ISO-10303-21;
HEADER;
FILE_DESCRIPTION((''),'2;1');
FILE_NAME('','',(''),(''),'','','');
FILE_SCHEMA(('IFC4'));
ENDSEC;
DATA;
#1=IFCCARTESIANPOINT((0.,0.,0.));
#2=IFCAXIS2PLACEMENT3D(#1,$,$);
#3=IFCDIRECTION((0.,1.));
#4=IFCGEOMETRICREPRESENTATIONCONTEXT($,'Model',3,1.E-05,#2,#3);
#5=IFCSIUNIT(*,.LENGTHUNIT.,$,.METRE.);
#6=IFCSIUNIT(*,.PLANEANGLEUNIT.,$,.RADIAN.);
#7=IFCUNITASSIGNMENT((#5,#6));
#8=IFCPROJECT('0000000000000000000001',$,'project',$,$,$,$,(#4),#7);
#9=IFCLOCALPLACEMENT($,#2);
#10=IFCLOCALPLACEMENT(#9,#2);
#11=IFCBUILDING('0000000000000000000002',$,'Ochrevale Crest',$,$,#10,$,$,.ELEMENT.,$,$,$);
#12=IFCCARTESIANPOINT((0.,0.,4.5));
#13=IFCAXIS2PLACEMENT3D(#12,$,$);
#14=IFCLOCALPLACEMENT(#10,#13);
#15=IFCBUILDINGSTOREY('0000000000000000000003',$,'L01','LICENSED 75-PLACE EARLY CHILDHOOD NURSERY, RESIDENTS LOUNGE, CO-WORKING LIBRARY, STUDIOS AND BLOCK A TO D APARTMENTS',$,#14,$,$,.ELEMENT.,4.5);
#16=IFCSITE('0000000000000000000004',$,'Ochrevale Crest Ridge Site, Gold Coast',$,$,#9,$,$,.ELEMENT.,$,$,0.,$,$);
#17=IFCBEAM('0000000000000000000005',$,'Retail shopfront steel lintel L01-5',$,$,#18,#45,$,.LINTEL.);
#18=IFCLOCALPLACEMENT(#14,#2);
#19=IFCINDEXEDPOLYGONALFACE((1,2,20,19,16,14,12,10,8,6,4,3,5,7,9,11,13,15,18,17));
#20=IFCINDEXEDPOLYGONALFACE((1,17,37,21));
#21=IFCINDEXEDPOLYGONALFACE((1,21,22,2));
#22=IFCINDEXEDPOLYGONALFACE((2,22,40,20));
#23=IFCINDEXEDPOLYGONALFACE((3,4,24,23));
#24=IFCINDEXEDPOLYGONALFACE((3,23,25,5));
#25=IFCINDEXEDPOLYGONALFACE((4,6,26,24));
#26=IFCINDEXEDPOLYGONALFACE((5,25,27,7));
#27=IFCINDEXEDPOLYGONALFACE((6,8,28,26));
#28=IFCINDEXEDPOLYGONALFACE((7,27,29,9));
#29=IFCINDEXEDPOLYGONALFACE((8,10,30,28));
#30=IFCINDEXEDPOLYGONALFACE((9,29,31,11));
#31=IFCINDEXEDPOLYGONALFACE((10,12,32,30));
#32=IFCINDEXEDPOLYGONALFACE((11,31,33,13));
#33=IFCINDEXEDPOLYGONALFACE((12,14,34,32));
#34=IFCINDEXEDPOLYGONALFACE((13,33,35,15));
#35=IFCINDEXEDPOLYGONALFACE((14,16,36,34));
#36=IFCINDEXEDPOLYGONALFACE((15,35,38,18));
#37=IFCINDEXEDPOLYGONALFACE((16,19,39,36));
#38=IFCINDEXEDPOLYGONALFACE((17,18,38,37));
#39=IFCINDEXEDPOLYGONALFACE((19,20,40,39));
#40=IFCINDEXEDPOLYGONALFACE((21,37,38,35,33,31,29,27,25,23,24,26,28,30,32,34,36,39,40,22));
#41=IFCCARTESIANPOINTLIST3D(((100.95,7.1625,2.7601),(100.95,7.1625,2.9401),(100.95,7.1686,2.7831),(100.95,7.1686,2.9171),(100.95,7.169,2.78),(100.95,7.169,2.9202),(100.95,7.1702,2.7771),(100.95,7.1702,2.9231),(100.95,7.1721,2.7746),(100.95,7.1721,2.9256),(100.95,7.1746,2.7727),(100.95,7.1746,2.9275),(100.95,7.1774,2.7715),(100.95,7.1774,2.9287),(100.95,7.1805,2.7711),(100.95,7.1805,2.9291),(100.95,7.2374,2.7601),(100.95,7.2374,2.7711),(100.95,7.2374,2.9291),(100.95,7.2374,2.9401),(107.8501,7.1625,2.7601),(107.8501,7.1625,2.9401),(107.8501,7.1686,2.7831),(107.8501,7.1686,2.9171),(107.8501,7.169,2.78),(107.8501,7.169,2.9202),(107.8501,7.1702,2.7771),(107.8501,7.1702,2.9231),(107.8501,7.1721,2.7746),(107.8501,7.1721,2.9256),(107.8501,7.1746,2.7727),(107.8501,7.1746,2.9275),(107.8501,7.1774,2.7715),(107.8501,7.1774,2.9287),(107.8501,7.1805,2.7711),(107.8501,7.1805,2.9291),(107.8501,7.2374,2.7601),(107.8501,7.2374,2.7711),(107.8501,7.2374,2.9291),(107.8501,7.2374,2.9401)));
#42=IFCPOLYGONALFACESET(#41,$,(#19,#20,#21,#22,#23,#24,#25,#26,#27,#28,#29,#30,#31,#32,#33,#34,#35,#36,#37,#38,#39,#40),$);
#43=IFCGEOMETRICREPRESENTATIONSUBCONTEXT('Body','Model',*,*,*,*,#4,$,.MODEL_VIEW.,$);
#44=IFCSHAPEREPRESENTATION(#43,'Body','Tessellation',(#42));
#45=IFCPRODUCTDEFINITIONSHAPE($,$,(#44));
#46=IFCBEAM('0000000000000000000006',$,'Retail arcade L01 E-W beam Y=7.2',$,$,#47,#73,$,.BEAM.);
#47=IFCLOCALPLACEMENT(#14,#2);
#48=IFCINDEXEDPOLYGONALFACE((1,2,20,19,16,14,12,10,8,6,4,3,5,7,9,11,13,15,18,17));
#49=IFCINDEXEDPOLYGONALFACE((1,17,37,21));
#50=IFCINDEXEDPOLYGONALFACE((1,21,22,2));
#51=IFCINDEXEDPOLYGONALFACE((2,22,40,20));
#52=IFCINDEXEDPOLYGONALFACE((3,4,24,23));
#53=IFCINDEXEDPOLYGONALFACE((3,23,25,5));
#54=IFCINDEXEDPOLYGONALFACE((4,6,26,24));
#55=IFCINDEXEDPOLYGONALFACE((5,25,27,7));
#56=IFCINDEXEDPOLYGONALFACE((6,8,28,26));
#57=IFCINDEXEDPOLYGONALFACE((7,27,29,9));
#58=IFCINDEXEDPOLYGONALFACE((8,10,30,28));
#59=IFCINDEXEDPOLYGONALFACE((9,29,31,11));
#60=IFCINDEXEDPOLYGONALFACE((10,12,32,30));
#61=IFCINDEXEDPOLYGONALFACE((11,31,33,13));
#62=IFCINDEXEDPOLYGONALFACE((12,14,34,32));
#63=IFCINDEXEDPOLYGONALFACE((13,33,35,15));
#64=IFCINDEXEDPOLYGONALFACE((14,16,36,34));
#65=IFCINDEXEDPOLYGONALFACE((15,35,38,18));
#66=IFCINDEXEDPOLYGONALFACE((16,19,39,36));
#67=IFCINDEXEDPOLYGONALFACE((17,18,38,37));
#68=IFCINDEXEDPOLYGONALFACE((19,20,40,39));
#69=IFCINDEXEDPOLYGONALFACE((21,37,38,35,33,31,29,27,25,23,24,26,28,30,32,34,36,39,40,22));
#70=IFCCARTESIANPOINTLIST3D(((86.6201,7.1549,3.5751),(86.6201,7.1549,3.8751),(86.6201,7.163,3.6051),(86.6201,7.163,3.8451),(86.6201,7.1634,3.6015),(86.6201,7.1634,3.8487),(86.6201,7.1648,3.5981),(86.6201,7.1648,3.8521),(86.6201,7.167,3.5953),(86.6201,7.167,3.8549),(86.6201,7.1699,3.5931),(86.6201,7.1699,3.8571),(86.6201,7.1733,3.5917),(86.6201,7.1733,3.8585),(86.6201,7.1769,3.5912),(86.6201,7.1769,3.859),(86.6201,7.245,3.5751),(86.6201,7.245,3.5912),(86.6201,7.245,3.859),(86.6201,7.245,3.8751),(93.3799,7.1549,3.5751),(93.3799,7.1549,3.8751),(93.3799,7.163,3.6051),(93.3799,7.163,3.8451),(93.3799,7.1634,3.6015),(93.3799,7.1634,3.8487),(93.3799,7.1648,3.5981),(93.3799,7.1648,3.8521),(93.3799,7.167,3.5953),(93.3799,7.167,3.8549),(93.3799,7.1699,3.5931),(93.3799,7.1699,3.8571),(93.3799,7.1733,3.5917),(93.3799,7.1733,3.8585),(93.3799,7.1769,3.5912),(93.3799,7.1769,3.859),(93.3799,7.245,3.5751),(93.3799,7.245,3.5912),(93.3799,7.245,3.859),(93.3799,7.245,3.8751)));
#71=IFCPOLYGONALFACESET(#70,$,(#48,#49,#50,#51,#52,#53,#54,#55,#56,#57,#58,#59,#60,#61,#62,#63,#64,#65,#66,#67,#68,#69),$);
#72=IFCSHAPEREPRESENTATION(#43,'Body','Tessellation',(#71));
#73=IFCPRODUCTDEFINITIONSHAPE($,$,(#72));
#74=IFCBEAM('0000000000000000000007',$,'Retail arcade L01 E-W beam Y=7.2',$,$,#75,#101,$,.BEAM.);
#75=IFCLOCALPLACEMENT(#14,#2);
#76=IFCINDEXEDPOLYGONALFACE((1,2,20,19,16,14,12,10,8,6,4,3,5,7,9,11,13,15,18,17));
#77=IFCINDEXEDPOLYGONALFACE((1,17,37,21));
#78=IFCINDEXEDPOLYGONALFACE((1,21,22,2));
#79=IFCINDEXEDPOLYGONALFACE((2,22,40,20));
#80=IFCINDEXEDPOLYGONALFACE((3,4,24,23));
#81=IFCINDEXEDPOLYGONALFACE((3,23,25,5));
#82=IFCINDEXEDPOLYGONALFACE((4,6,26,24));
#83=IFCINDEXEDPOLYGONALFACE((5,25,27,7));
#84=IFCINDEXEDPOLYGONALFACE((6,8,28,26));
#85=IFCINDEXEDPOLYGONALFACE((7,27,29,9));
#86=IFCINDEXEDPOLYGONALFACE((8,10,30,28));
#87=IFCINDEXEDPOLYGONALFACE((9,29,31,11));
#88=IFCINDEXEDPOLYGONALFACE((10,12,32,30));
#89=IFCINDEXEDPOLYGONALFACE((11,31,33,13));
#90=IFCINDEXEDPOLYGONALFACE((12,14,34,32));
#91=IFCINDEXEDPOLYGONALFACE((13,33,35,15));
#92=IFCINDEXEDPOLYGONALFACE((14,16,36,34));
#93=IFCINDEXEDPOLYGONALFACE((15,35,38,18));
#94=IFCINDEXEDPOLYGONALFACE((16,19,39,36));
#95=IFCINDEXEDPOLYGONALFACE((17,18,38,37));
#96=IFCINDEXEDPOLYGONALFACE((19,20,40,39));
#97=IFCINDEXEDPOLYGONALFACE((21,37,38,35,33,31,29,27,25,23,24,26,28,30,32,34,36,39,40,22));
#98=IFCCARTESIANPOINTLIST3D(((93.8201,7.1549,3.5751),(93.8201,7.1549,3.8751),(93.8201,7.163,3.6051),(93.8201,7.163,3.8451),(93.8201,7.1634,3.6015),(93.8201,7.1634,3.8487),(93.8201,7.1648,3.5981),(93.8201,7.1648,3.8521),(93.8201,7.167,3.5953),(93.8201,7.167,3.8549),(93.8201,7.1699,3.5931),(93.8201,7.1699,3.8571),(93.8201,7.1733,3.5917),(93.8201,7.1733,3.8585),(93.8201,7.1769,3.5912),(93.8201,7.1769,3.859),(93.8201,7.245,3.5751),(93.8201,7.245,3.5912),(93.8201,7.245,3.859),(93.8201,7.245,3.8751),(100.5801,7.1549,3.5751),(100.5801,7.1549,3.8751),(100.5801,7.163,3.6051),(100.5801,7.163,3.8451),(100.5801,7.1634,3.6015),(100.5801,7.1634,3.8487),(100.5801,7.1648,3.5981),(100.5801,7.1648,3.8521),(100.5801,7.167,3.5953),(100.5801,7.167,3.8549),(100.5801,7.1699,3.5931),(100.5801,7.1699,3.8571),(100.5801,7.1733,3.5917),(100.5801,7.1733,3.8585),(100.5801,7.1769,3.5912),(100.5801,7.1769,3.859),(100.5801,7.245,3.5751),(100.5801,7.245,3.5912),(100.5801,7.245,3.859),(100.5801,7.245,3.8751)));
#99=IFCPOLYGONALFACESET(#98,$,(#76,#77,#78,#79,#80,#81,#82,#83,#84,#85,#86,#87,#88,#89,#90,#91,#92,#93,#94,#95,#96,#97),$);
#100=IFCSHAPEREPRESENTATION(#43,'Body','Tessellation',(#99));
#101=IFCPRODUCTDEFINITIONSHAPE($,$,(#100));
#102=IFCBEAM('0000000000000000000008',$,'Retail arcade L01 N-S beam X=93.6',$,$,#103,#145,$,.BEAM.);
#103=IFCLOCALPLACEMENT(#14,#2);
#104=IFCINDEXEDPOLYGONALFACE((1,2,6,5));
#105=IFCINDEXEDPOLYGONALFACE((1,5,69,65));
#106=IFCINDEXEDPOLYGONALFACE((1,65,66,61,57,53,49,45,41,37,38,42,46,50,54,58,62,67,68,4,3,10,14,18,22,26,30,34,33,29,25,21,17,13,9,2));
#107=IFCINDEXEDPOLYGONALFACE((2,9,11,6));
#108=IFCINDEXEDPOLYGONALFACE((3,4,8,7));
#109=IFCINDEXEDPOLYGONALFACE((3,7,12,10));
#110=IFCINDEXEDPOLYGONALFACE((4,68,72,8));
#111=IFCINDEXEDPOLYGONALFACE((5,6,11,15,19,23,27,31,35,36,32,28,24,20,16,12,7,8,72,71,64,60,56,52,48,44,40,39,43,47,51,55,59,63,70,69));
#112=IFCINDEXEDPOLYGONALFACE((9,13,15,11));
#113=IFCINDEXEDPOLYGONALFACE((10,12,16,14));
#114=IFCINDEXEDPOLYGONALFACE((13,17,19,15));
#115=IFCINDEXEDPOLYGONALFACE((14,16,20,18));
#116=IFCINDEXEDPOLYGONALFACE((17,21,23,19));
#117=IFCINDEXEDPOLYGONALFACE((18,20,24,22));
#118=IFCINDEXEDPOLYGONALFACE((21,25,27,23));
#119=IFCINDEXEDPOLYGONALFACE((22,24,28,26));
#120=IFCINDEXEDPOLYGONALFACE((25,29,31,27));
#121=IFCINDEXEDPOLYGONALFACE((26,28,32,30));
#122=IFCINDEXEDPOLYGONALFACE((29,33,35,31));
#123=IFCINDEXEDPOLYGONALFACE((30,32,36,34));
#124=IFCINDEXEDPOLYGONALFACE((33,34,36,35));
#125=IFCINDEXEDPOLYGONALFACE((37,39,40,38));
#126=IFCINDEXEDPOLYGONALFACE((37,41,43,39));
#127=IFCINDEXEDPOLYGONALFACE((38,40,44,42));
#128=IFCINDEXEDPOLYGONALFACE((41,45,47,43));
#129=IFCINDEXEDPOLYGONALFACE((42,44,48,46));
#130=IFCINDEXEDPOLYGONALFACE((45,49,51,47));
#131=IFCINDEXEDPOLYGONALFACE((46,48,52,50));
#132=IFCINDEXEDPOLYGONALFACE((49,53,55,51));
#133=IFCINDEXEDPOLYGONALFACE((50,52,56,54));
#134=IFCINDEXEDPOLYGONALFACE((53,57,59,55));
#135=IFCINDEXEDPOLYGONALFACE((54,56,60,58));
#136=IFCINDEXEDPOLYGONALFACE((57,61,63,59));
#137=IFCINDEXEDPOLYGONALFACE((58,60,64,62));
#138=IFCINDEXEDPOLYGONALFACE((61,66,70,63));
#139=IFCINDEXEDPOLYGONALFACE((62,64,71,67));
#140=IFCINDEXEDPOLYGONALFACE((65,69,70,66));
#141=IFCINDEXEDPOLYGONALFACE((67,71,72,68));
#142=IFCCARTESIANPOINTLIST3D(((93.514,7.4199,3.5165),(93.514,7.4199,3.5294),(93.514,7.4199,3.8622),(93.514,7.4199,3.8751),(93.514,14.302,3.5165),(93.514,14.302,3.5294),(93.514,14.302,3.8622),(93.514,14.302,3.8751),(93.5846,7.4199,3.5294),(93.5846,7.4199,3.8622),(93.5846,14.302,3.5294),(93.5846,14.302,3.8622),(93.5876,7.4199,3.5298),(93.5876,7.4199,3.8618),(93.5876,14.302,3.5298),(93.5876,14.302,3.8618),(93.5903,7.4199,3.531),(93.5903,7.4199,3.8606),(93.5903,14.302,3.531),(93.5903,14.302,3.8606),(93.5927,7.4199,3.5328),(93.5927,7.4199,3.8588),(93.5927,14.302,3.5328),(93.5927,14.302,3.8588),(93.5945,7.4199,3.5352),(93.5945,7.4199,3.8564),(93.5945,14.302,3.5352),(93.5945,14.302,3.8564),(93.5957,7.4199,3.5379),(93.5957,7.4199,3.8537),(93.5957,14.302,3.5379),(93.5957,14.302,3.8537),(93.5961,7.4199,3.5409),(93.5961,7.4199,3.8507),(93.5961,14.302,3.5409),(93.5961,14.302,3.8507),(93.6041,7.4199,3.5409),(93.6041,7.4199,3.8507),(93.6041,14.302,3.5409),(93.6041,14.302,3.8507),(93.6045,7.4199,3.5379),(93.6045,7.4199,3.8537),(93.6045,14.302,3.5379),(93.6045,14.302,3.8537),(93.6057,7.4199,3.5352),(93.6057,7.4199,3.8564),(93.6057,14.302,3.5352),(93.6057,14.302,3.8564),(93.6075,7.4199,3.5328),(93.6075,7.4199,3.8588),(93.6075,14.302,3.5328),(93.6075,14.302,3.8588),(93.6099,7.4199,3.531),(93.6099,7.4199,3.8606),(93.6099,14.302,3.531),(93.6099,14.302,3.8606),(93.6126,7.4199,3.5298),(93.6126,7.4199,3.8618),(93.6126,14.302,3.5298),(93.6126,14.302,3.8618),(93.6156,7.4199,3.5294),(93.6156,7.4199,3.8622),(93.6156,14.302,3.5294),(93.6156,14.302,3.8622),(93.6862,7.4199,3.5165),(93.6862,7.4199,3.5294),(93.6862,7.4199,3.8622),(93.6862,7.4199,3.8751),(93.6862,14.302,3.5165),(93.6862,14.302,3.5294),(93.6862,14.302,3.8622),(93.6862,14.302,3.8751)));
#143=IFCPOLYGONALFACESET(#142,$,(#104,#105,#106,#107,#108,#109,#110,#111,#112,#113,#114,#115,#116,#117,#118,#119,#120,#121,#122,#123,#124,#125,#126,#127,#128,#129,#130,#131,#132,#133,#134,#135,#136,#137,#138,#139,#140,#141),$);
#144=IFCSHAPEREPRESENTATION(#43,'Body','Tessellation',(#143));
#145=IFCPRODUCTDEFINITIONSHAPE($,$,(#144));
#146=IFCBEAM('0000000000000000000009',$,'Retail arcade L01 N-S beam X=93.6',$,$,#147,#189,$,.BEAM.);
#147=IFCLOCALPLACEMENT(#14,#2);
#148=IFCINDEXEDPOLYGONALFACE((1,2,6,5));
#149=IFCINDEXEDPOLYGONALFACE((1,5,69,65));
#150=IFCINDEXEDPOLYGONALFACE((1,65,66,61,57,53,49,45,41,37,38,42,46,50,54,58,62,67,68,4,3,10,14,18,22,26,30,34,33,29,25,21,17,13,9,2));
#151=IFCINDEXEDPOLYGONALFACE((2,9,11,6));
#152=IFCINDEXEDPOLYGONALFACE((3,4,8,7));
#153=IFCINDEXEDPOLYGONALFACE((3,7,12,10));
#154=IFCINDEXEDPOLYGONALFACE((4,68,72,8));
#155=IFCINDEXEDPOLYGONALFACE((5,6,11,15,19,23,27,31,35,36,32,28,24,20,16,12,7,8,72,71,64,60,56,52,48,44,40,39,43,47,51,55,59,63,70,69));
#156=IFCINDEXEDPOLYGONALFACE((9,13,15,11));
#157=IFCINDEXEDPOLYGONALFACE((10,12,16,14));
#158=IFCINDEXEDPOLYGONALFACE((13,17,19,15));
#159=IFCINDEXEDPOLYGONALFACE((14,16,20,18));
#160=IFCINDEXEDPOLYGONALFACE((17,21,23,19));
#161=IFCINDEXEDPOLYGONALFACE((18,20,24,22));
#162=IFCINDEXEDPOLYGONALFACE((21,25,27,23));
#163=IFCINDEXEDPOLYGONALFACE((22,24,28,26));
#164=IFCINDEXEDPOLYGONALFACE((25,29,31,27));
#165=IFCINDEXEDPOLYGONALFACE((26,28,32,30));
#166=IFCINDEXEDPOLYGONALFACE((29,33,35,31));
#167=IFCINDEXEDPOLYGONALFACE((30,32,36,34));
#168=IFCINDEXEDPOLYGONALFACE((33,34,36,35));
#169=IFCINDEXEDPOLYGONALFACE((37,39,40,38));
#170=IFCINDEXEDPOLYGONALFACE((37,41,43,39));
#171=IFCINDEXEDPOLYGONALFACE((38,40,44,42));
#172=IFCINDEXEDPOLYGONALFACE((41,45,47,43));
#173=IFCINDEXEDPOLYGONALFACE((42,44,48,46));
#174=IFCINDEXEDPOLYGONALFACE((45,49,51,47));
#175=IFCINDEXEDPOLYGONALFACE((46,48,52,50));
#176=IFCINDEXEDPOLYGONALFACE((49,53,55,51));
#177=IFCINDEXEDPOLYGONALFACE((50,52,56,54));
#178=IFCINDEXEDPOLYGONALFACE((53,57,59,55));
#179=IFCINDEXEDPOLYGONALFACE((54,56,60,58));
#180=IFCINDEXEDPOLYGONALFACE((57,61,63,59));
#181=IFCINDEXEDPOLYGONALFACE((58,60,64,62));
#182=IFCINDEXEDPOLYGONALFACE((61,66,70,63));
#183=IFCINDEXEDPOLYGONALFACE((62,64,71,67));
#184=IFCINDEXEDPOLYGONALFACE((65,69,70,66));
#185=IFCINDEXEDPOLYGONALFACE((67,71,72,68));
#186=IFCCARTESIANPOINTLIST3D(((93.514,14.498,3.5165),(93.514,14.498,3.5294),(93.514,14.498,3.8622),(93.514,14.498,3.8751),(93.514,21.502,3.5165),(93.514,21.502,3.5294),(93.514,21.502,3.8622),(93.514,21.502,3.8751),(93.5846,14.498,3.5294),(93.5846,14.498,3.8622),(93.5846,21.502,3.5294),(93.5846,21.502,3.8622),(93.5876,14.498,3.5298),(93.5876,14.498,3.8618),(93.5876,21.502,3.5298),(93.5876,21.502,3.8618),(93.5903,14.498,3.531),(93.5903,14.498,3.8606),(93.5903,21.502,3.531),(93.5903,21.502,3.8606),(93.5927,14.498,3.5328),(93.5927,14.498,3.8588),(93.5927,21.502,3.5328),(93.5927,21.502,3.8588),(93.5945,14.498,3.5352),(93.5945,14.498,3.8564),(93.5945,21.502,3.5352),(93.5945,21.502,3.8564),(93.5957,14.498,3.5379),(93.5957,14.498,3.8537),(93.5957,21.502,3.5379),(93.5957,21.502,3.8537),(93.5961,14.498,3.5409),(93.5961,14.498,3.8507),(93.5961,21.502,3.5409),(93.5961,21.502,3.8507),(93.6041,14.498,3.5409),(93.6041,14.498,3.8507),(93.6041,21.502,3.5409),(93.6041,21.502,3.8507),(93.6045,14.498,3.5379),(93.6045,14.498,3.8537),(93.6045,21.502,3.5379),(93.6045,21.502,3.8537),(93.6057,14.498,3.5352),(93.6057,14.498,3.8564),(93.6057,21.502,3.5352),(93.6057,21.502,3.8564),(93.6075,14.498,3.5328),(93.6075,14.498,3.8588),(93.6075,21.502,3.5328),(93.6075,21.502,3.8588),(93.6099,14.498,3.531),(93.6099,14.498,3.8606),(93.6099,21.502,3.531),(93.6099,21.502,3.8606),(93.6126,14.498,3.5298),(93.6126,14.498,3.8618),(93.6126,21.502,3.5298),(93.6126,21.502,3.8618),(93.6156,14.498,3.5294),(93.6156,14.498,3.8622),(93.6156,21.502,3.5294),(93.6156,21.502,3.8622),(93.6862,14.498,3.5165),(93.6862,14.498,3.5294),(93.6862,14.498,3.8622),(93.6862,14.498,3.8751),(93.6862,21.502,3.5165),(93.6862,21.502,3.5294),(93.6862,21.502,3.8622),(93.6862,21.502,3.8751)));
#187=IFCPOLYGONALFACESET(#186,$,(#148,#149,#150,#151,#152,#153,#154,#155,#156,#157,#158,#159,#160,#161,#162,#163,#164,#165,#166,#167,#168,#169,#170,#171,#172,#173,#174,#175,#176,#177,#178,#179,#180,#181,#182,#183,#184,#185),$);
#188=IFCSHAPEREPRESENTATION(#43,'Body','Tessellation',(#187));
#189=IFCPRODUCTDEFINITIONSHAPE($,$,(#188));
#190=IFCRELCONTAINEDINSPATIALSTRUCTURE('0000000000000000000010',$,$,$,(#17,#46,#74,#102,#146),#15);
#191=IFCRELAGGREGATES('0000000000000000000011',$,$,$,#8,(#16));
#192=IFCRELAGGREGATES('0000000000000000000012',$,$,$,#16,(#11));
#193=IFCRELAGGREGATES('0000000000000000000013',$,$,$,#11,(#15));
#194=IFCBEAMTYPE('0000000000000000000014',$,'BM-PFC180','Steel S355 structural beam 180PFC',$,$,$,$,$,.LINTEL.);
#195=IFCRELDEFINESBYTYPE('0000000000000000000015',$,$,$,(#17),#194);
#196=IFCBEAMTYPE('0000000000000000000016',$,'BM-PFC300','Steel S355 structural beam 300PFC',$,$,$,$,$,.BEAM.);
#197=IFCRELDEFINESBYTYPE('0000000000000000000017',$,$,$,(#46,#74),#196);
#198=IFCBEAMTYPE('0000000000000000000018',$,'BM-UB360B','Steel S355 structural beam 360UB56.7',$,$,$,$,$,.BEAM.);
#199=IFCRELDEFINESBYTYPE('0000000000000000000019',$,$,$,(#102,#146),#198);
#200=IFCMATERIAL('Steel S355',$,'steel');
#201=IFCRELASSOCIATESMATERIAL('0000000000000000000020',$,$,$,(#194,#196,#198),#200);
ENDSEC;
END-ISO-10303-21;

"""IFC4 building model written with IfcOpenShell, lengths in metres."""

from ifc_helpers import new_model, si_unit, direction, frame, origin, origin_2d, place, context, subcontext, project, spatial, i_section, u_section, extrude, material, material_profile, profile_set, type_object, element, save


model = new_model("IFC4")

# Units and contexts
model_context = context("Model", 3, precision=1e-05, world=origin(), true_north=direction((0.0, 1.0)))
body_context = subcontext(model_context, "Body", "Model", "MODEL_VIEW")
ifc_project = project(units=[si_unit("LENGTHUNIT", "METRE"), si_unit("PLANEANGLEUNIT", "RADIAN")], contexts=[model_context])

# Site, building, storey
site_placement = place(None, origin())
site = spatial("IfcSite", under=ifc_project, at=site_placement, Name="Ochrevale Crest Ridge Site, Gold Coast", CompositionType="ELEMENT", RefElevation=0.0)
building_placement = place(site_placement, origin())
building = spatial("IfcBuilding", under=site, at=building_placement, Name="Ochrevale Crest", CompositionType="ELEMENT")
storey_placement = place(building_placement, frame((0.0, 0.0, 4.5)))
storey = spatial("IfcBuildingStorey", under=building, at=storey_placement, Name="L01", Description="LICENSED 75-PLACE EARLY CHILDHOOD NURSERY, RESIDENTS LOUNGE, CO-WORKING LIBRARY, STUDIOS AND BLOCK A TO D APARTMENTS", CompositionType="ELEMENT", Elevation=4.5)

# Shared definitions
ifc_material_1 = material(Name="Steel S355", Category="steel")

# Beams
ifc_material_profile_1 = material_profile(ifc_material_1, u_section(Depth=0.1799, FlangeWidth=0.075, WebThickness=0.0061, FlangeThickness=0.011, FilletRadius=0.012, at=origin_2d()), Name="180PFC")
ifc_profile_set_1 = profile_set([ifc_material_profile_1], Name="Steel S355")
beam_type_1 = type_object("IfcBeamType", Name="BM-PFC180", Description="Steel S355 structural beam 180PFC", PredefinedType="LINTEL", material=ifc_profile_set_1)
beam_1_placement = place(storey_placement, frame((100.95, 7.2, 2.8501), z_axis=(1.0, 0.0, 0.0), x_axis=(0.0, 1.0, 0.0)))
element("IfcBeam", 1, at=beam_1_placement, inside=storey, type_object=beam_type_1, Name="Retail shopfront steel lintel L01-5", PredefinedType="LINTEL", context=body_context, shape_type="SweptSolid", body=[
    extrude(u_section(Depth=0.1799, FlangeWidth=0.075, WebThickness=0.0061, FlangeThickness=0.011, FilletRadius=0.012, at=origin_2d()), origin(), (0.0, 0.0, 1.0), 6.9001),
])
ifc_material_profile_2 = material_profile(ifc_material_1, u_section(Depth=0.3, FlangeWidth=0.0901, WebThickness=0.0081, FlangeThickness=0.0161, FilletRadius=0.0139, at=origin_2d()), Name="300PFC")
ifc_profile_set_2 = profile_set([ifc_material_profile_2], Name="Steel S355")
beam_type_2 = type_object("IfcBeamType", Name="BM-PFC300", Description="Steel S355 structural beam 300PFC", PredefinedType="BEAM", material=ifc_profile_set_2)
beam_2_placement = place(storey_placement, frame((86.6201, 7.2, 3.7251), z_axis=(1.0, 0.0, 0.0), x_axis=(0.0, 1.0, 0.0)))
element("IfcBeam", 2, at=beam_2_placement, inside=storey, type_object=beam_type_2, Name="Retail arcade L01 E-W beam Y=7.2", PredefinedType="BEAM", context=body_context, shape_type="SweptSolid", body=[
    extrude(u_section(Depth=0.3, FlangeWidth=0.0901, WebThickness=0.0081, FlangeThickness=0.0161, FilletRadius=0.0139, at=origin_2d()), origin(), (0.0, 0.0, 1.0), 6.7598),
])
beam_3_placement = place(storey_placement, frame((93.8201, 7.2, 3.7251), z_axis=(1.0, 0.0, 0.0), x_axis=(0.0, 1.0, 0.0)))
element("IfcBeam", 3, at=beam_3_placement, inside=storey, type_object=beam_type_2, Name="Retail arcade L01 E-W beam Y=7.2", PredefinedType="BEAM", context=body_context, shape_type="SweptSolid", body=[
    extrude(u_section(Depth=0.3, FlangeWidth=0.0901, WebThickness=0.0081, FlangeThickness=0.0161, FilletRadius=0.0139, at=origin_2d()), origin(), (0.0, 0.0, 1.0), 6.76),
])
ifc_material_profile_3 = material_profile(ifc_material_1, i_section(OverallWidth=0.1721, OverallDepth=0.3586, WebThickness=0.0081, FlangeThickness=0.0129, FilletRadius=0.0115, at=origin_2d()), Name="360UB56.7")
ifc_profile_set_3 = profile_set([ifc_material_profile_3], Name="Steel S355")
beam_type_3 = type_object("IfcBeamType", Name="BM-UB360B", Description="Steel S355 structural beam 360UB56.7", PredefinedType="BEAM", material=ifc_profile_set_3)
beam_4_placement = place(storey_placement, frame((93.6001, 7.4199, 3.6958), z_axis=(0.0, 1.0, 0.0), x_axis=(-1.0, 0.0, 0.0)))
element("IfcBeam", 4, at=beam_4_placement, inside=storey, type_object=beam_type_3, Name="Retail arcade L01 N-S beam X=93.6", PredefinedType="BEAM", context=body_context, shape_type="SweptSolid", body=[
    extrude(i_section(OverallWidth=0.1721, OverallDepth=0.3586, WebThickness=0.0081, FlangeThickness=0.0129, FilletRadius=0.0115, at=origin_2d()), origin(), (0.0, 0.0, 1.0), 6.8821),
])
beam_5_placement = place(storey_placement, frame((93.6001, 14.498, 3.6958), z_axis=(0.0, 1.0, 0.0), x_axis=(-1.0, 0.0, 0.0)))
element("IfcBeam", 5, at=beam_5_placement, inside=storey, type_object=beam_type_3, Name="Retail arcade L01 N-S beam X=93.6", PredefinedType="BEAM", context=body_context, shape_type="SweptSolid", body=[
    extrude(i_section(OverallWidth=0.1721, OverallDepth=0.3586, WebThickness=0.0081, FlangeThickness=0.0129, FilletRadius=0.0115, at=origin_2d()), origin(), (0.0, 0.0, 1.0), 7.0039),
])

save(model, "model.ifc")
